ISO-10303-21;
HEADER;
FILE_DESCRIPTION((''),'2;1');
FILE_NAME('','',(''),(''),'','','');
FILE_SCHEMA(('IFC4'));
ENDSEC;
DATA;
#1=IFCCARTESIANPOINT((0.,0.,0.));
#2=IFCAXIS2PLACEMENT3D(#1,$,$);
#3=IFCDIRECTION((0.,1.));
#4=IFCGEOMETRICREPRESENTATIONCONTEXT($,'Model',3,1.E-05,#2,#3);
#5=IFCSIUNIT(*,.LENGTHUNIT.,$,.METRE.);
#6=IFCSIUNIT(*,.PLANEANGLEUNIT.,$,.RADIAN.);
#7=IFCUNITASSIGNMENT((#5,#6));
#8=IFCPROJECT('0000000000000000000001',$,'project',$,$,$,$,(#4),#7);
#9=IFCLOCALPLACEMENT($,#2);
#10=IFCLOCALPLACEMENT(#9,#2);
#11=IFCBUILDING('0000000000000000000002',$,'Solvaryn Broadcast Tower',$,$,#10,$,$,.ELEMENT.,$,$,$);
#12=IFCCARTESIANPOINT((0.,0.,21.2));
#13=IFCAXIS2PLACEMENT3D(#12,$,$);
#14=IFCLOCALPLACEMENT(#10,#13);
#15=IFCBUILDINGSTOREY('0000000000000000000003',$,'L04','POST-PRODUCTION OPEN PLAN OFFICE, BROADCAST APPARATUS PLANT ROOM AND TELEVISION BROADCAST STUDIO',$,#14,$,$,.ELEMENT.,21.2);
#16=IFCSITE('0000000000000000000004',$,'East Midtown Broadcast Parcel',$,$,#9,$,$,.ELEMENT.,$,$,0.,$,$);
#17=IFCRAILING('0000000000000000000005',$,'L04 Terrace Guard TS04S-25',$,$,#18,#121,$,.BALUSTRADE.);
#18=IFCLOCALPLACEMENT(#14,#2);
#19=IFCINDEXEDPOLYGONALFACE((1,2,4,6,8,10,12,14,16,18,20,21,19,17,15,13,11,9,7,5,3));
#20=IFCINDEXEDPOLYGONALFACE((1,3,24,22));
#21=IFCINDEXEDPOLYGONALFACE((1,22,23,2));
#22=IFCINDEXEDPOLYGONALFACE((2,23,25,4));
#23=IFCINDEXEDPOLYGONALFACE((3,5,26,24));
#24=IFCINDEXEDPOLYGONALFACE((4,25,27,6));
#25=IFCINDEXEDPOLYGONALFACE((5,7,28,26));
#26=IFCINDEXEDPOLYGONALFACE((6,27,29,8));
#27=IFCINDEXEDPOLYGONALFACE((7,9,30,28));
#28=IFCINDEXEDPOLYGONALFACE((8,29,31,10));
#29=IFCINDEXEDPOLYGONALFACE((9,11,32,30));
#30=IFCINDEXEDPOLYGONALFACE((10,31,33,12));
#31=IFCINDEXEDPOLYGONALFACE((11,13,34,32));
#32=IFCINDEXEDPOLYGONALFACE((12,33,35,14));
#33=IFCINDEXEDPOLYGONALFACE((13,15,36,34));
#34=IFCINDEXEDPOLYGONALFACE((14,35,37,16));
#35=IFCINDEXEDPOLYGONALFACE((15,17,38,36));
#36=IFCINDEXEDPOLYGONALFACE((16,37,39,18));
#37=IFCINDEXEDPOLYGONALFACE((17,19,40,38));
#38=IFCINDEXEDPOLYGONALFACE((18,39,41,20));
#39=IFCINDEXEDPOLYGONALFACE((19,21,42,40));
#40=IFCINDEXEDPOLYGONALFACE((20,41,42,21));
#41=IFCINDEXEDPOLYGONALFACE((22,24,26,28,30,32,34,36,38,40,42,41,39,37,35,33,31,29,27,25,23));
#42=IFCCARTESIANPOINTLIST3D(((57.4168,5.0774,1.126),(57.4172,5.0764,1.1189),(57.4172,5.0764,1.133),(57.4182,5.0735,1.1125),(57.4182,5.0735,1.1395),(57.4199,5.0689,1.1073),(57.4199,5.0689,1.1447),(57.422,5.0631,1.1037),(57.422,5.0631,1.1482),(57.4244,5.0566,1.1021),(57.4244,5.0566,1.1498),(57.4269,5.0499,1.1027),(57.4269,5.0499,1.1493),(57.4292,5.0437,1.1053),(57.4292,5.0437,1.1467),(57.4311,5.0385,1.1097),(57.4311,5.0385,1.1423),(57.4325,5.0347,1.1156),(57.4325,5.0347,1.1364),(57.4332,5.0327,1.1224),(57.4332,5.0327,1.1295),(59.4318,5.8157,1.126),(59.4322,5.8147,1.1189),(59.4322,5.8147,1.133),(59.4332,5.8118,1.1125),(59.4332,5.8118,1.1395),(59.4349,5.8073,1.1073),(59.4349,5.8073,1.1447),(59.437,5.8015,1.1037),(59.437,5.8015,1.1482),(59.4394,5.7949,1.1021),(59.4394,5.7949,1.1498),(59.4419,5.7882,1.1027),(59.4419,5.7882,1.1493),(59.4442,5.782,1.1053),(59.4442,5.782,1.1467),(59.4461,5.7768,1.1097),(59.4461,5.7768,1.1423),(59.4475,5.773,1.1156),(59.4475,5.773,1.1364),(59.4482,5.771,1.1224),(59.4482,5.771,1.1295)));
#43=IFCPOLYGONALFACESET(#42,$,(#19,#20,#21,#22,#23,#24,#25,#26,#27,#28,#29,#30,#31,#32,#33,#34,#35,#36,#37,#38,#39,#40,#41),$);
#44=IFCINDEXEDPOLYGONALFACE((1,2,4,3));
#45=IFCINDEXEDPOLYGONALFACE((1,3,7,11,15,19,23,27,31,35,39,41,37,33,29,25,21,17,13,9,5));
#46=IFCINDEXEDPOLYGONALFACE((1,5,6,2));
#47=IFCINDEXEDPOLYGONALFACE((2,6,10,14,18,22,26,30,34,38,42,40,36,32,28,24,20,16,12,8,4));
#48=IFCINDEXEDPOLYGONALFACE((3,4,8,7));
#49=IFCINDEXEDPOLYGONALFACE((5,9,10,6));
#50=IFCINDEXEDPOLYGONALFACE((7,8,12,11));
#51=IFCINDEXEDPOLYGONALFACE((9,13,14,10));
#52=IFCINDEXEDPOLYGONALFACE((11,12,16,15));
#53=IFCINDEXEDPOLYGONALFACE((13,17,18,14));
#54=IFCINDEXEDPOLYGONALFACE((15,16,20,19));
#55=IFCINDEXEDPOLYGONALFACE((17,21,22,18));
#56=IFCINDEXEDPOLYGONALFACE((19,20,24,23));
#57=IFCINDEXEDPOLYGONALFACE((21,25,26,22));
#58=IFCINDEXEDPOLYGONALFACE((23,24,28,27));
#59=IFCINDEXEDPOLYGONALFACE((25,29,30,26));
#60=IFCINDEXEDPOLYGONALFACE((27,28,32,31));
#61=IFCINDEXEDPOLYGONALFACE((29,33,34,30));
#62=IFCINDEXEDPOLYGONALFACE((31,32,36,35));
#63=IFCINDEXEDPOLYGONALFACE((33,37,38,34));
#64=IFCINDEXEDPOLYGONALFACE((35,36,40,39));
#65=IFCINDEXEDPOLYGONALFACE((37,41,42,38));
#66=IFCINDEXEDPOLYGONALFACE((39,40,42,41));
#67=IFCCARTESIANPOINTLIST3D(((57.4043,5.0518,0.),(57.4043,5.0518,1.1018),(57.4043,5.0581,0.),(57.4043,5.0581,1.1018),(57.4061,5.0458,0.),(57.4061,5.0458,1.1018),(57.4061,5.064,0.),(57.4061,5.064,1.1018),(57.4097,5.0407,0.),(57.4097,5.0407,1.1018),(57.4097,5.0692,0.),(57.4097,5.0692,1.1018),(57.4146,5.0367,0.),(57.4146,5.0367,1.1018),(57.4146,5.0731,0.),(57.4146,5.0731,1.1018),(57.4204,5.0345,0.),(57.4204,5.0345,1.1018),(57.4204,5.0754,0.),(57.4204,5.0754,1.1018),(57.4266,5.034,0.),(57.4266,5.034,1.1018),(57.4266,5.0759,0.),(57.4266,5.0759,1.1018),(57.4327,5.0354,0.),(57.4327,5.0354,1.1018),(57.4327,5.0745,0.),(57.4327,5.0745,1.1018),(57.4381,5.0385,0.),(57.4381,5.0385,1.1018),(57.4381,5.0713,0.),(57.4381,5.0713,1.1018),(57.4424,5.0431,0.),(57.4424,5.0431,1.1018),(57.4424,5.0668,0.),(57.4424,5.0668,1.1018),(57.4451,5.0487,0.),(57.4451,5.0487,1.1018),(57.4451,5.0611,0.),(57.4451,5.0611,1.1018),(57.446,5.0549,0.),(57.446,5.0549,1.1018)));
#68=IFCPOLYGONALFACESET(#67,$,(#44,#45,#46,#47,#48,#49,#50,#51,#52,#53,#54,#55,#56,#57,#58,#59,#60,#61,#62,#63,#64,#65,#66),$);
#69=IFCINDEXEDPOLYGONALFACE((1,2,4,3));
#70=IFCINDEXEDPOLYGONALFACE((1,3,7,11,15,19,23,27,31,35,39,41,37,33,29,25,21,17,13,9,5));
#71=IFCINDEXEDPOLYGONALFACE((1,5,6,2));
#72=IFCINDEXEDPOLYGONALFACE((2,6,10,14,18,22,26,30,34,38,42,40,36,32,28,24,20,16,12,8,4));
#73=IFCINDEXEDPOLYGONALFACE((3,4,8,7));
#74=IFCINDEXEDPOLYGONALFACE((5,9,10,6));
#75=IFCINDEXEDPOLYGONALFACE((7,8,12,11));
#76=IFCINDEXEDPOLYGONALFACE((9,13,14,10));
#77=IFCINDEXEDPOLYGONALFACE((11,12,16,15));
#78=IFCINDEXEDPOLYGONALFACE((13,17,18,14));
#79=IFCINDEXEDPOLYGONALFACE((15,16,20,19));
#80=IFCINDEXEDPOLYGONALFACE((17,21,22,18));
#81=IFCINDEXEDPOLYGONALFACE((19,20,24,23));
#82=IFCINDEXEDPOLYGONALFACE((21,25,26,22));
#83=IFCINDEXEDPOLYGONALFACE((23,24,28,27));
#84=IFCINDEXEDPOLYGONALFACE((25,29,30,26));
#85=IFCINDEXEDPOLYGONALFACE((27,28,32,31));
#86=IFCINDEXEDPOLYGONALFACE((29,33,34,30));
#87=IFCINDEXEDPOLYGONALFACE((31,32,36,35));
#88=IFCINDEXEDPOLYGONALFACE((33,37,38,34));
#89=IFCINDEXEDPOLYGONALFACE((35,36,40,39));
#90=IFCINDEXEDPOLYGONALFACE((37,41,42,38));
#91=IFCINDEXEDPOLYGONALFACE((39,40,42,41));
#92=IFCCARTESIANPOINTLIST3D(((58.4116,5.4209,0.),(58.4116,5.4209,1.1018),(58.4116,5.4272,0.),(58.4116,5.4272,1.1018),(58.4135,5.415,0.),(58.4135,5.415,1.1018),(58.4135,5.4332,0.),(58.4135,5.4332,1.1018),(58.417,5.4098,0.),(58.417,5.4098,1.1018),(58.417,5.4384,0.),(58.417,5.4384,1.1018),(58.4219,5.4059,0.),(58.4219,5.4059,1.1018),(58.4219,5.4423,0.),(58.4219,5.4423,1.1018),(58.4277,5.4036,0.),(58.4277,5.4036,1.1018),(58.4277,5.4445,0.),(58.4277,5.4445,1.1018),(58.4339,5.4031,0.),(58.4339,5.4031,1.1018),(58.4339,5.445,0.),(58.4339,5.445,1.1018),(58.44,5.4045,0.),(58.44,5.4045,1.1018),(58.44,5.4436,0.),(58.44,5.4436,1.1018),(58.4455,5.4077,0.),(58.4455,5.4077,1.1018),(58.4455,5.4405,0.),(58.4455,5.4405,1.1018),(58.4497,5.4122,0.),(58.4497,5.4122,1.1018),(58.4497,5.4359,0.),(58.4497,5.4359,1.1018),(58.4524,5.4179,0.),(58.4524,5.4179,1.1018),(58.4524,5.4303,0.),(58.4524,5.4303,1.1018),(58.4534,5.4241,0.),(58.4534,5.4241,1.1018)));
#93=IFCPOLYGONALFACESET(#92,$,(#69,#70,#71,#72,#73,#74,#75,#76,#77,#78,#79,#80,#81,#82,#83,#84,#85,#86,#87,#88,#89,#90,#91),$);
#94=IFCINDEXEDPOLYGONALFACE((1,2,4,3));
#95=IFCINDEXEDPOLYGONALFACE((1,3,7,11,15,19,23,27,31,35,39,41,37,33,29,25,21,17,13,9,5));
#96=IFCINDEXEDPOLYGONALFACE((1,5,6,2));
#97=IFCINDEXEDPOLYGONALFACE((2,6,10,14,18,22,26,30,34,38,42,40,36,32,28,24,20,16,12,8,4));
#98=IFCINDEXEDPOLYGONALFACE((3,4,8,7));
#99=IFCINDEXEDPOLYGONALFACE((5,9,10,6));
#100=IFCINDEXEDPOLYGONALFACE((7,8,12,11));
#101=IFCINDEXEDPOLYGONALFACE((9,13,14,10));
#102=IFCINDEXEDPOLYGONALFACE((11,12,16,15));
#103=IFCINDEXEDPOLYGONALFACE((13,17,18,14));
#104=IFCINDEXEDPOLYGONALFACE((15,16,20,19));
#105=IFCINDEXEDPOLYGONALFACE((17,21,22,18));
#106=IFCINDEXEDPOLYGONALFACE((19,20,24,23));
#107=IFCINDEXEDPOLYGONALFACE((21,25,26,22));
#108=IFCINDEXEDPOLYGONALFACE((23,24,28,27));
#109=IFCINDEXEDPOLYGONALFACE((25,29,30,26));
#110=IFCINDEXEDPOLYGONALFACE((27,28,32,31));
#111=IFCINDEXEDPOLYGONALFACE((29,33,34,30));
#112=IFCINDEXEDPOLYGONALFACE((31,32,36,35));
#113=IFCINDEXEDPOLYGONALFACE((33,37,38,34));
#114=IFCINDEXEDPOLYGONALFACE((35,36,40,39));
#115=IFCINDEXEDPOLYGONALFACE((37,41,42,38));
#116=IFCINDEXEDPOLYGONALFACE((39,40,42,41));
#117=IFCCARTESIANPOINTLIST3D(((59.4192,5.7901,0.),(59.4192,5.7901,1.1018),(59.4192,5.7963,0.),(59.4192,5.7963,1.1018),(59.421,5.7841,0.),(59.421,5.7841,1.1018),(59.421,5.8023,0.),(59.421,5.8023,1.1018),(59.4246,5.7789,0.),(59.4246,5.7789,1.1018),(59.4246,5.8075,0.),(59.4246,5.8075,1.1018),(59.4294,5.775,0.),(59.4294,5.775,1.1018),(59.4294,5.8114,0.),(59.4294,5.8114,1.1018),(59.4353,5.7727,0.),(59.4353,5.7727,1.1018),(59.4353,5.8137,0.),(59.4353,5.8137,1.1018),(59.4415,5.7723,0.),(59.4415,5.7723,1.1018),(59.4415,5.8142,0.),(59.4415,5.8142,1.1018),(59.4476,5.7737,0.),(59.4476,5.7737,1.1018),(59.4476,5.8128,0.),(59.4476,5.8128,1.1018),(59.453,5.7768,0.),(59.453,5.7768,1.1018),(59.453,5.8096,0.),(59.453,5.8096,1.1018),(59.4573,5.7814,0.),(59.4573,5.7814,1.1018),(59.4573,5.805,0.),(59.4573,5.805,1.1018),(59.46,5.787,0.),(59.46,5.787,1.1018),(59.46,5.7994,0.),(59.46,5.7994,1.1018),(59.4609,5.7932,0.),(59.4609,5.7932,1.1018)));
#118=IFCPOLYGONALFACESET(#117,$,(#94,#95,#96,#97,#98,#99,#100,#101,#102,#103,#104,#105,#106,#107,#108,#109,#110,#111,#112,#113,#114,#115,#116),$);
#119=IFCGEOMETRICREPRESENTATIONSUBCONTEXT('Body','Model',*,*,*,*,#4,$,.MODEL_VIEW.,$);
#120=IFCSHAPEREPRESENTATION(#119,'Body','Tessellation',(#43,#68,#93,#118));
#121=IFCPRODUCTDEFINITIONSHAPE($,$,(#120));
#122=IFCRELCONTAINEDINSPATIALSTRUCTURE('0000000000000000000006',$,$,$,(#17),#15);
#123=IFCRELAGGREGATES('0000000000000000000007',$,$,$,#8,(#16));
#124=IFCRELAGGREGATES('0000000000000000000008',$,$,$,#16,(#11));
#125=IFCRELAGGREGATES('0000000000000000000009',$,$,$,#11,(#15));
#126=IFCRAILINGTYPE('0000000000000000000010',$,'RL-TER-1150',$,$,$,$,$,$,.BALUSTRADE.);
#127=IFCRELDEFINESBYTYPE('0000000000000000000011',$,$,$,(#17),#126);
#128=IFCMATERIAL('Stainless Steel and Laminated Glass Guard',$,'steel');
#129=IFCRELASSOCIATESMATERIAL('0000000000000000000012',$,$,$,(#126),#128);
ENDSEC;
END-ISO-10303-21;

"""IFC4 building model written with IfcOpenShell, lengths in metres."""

from ifc_helpers import new_model, si_unit, direction, frame, origin, origin_2d, place, context, subcontext, project, spatial, circle, extrude, material, type_object, element, save


model = new_model("IFC4")

# Units and contexts
model_context = context("Model", 3, precision=1e-05, world=origin(), true_north=direction((0.0, 1.0)))
body_context = subcontext(model_context, "Body", "Model", "MODEL_VIEW")
ifc_project = project(units=[si_unit("LENGTHUNIT", "METRE"), si_unit("PLANEANGLEUNIT", "RADIAN")], contexts=[model_context])

# Site, building, storey
site_placement = place(None, origin())
site = spatial("IfcSite", under=ifc_project, at=site_placement, Name="East Midtown Broadcast Parcel", CompositionType="ELEMENT", RefElevation=0.0)
building_placement = place(site_placement, origin())
building = spatial("IfcBuilding", under=site, at=building_placement, Name="Solvaryn Broadcast Tower", CompositionType="ELEMENT")
storey_placement = place(building_placement, frame((0.0, 0.0, 21.2)))
storey = spatial("IfcBuildingStorey", under=building, at=storey_placement, Name="L04", Description="POST-PRODUCTION OPEN PLAN OFFICE, BROADCAST APPARATUS PLANT ROOM AND TELEVISION BROADCAST STUDIO", CompositionType="ELEMENT", Elevation=21.2)

# Railing
ifc_material_1 = material(Name="Stainless Steel and Laminated Glass Guard", Category="steel")
railing_type = type_object("IfcRailingType", Name="RL-TER-1150", PredefinedType="BALUSTRADE", material=ifc_material_1)
railing_1_placement = place(storey_placement, frame((57.425, 5.0549, 0.0)))
element("IfcRailing", 1, at=railing_1_placement, inside=storey, type_object=railing_type, Name="L04 Terrace Guard TS04S-25", PredefinedType="BALUSTRADE", context=body_context, shape_type="SweptSolid", body=[
    extrude(circle(Radius=0.0239, at=origin_2d()), frame((0.0, 0.0, 1.126), z_axis=(0.938954, 0.344044, 0.0), x_axis=(-0.344044, 0.938954, 0.0)), (0.0, 0.0, 1.0), 2.146),
    extrude(circle(Radius=0.021, at=origin_2d()), origin(), (0.0, 0.0, 1.0), 1.1018),
    extrude(circle(Radius=0.021, at=origin_2d()), frame((1.0073, 0.3691, 0.0)), (0.0, 0.0, 1.0), 1.1018),
    extrude(circle(Radius=0.021, at=origin_2d()), frame((2.0149, 0.7383, 0.0)), (0.0, 0.0, 1.0), 1.1018),
])

save(model, "model.ifc")
